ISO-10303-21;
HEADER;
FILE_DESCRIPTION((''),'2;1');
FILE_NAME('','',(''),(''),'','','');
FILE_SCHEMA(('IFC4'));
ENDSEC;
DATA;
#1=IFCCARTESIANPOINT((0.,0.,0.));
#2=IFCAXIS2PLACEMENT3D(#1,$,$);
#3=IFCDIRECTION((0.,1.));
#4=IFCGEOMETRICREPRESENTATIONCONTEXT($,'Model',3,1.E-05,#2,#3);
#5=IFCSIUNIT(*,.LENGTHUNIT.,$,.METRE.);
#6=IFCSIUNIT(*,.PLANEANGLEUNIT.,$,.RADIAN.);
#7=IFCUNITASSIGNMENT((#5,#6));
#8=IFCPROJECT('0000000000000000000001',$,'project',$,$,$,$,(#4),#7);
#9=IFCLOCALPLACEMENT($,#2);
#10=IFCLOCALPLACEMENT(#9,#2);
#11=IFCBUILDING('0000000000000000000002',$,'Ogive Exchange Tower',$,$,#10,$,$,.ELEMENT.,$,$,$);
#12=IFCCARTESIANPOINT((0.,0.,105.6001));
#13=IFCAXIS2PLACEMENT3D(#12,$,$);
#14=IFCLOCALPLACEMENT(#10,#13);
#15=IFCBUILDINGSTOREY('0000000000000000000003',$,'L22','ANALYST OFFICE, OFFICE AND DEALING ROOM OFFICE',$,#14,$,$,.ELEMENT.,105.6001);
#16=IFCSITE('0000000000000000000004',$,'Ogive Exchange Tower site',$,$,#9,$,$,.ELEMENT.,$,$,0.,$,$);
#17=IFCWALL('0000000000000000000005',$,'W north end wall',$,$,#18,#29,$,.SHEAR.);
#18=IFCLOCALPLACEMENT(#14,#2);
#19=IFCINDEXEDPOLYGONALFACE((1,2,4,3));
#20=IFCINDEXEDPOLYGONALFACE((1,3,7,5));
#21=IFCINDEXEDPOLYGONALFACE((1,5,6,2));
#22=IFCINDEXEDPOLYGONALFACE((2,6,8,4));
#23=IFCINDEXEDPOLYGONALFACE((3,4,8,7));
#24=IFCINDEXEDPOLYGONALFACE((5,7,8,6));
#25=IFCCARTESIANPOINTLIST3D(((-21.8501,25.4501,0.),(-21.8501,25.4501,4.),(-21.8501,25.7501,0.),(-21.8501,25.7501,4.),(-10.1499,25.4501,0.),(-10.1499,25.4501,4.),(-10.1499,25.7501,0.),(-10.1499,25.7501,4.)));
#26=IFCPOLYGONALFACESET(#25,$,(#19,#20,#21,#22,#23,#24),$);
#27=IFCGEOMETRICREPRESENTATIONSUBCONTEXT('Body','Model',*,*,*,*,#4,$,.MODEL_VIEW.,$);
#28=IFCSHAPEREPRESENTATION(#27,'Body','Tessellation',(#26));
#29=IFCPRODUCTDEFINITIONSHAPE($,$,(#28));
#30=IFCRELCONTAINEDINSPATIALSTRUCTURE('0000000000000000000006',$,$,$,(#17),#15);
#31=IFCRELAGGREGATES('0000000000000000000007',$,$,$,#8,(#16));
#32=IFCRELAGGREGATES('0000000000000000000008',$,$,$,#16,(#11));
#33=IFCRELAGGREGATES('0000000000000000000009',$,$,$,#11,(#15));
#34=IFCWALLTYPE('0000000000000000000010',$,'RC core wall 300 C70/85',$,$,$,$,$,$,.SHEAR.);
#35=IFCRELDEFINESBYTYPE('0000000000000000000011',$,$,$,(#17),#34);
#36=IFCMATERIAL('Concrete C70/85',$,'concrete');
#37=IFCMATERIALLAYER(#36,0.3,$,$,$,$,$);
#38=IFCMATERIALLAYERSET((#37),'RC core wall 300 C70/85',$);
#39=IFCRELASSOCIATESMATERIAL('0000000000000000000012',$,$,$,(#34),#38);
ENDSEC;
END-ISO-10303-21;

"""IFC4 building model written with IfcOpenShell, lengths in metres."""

from ifc_helpers import new_model, si_unit, direction, frame, frame_2d, origin, place, context, subcontext, project, spatial, rectangle, extrude, material, layer, layer_set, type_object, element, save


model = new_model("IFC4")

# Units and contexts
model_context = context("Model", 3, precision=1e-05, world=origin(), true_north=direction((0.0, 1.0)))
body_context = subcontext(model_context, "Body", "Model", "MODEL_VIEW")
ifc_project = project(units=[si_unit("LENGTHUNIT", "METRE"), si_unit("PLANEANGLEUNIT", "RADIAN")], contexts=[model_context])

# Site, building, storey
site_placement = place(None, origin())
site = spatial("IfcSite", under=ifc_project, at=site_placement, Name="Ogive Exchange Tower site", CompositionType="ELEMENT", RefElevation=0.0)
building_placement = place(site_placement, origin())
building = spatial("IfcBuilding", under=site, at=building_placement, Name="Ogive Exchange Tower", CompositionType="ELEMENT")
storey_placement = place(building_placement, frame((0.0, 0.0, 105.6001)))
storey = spatial("IfcBuildingStorey", under=building, at=storey_placement, Name="L22", Description="ANALYST OFFICE, OFFICE AND DEALING ROOM OFFICE", CompositionType="ELEMENT", Elevation=105.6001)

# Wall
ifc_material_1 = material(Name="Concrete C70/85", Category="concrete")
ifc_layer_1 = layer(ifc_material_1, 0.3)
ifc_layer_set_1 = layer_set([ifc_layer_1], Name="RC core wall 300 C70/85")
wall_type_1 = type_object("IfcWallType", Name="RC core wall 300 C70/85", PredefinedType="SHEAR", material=ifc_layer_set_1)
wall_1_placement = place(storey_placement, frame((-21.8501, 25.6001, 0.0), z_axis=(0.0, 0.0, 1.0), x_axis=(1.0, 0.0, 0.0)))
element("IfcWall", 1, at=wall_1_placement, inside=storey, type_object=wall_type_1, Name="W north end wall", PredefinedType="SHEAR", context=body_context, shape_type="SweptSolid", body=[
    extrude(rectangle(XDim=11.7002, YDim=0.3, at=frame_2d((5.8501, 0.0))), origin(), (0.0, 0.0, 1.0), 4.0),
])

save(model, "model.ifc")
